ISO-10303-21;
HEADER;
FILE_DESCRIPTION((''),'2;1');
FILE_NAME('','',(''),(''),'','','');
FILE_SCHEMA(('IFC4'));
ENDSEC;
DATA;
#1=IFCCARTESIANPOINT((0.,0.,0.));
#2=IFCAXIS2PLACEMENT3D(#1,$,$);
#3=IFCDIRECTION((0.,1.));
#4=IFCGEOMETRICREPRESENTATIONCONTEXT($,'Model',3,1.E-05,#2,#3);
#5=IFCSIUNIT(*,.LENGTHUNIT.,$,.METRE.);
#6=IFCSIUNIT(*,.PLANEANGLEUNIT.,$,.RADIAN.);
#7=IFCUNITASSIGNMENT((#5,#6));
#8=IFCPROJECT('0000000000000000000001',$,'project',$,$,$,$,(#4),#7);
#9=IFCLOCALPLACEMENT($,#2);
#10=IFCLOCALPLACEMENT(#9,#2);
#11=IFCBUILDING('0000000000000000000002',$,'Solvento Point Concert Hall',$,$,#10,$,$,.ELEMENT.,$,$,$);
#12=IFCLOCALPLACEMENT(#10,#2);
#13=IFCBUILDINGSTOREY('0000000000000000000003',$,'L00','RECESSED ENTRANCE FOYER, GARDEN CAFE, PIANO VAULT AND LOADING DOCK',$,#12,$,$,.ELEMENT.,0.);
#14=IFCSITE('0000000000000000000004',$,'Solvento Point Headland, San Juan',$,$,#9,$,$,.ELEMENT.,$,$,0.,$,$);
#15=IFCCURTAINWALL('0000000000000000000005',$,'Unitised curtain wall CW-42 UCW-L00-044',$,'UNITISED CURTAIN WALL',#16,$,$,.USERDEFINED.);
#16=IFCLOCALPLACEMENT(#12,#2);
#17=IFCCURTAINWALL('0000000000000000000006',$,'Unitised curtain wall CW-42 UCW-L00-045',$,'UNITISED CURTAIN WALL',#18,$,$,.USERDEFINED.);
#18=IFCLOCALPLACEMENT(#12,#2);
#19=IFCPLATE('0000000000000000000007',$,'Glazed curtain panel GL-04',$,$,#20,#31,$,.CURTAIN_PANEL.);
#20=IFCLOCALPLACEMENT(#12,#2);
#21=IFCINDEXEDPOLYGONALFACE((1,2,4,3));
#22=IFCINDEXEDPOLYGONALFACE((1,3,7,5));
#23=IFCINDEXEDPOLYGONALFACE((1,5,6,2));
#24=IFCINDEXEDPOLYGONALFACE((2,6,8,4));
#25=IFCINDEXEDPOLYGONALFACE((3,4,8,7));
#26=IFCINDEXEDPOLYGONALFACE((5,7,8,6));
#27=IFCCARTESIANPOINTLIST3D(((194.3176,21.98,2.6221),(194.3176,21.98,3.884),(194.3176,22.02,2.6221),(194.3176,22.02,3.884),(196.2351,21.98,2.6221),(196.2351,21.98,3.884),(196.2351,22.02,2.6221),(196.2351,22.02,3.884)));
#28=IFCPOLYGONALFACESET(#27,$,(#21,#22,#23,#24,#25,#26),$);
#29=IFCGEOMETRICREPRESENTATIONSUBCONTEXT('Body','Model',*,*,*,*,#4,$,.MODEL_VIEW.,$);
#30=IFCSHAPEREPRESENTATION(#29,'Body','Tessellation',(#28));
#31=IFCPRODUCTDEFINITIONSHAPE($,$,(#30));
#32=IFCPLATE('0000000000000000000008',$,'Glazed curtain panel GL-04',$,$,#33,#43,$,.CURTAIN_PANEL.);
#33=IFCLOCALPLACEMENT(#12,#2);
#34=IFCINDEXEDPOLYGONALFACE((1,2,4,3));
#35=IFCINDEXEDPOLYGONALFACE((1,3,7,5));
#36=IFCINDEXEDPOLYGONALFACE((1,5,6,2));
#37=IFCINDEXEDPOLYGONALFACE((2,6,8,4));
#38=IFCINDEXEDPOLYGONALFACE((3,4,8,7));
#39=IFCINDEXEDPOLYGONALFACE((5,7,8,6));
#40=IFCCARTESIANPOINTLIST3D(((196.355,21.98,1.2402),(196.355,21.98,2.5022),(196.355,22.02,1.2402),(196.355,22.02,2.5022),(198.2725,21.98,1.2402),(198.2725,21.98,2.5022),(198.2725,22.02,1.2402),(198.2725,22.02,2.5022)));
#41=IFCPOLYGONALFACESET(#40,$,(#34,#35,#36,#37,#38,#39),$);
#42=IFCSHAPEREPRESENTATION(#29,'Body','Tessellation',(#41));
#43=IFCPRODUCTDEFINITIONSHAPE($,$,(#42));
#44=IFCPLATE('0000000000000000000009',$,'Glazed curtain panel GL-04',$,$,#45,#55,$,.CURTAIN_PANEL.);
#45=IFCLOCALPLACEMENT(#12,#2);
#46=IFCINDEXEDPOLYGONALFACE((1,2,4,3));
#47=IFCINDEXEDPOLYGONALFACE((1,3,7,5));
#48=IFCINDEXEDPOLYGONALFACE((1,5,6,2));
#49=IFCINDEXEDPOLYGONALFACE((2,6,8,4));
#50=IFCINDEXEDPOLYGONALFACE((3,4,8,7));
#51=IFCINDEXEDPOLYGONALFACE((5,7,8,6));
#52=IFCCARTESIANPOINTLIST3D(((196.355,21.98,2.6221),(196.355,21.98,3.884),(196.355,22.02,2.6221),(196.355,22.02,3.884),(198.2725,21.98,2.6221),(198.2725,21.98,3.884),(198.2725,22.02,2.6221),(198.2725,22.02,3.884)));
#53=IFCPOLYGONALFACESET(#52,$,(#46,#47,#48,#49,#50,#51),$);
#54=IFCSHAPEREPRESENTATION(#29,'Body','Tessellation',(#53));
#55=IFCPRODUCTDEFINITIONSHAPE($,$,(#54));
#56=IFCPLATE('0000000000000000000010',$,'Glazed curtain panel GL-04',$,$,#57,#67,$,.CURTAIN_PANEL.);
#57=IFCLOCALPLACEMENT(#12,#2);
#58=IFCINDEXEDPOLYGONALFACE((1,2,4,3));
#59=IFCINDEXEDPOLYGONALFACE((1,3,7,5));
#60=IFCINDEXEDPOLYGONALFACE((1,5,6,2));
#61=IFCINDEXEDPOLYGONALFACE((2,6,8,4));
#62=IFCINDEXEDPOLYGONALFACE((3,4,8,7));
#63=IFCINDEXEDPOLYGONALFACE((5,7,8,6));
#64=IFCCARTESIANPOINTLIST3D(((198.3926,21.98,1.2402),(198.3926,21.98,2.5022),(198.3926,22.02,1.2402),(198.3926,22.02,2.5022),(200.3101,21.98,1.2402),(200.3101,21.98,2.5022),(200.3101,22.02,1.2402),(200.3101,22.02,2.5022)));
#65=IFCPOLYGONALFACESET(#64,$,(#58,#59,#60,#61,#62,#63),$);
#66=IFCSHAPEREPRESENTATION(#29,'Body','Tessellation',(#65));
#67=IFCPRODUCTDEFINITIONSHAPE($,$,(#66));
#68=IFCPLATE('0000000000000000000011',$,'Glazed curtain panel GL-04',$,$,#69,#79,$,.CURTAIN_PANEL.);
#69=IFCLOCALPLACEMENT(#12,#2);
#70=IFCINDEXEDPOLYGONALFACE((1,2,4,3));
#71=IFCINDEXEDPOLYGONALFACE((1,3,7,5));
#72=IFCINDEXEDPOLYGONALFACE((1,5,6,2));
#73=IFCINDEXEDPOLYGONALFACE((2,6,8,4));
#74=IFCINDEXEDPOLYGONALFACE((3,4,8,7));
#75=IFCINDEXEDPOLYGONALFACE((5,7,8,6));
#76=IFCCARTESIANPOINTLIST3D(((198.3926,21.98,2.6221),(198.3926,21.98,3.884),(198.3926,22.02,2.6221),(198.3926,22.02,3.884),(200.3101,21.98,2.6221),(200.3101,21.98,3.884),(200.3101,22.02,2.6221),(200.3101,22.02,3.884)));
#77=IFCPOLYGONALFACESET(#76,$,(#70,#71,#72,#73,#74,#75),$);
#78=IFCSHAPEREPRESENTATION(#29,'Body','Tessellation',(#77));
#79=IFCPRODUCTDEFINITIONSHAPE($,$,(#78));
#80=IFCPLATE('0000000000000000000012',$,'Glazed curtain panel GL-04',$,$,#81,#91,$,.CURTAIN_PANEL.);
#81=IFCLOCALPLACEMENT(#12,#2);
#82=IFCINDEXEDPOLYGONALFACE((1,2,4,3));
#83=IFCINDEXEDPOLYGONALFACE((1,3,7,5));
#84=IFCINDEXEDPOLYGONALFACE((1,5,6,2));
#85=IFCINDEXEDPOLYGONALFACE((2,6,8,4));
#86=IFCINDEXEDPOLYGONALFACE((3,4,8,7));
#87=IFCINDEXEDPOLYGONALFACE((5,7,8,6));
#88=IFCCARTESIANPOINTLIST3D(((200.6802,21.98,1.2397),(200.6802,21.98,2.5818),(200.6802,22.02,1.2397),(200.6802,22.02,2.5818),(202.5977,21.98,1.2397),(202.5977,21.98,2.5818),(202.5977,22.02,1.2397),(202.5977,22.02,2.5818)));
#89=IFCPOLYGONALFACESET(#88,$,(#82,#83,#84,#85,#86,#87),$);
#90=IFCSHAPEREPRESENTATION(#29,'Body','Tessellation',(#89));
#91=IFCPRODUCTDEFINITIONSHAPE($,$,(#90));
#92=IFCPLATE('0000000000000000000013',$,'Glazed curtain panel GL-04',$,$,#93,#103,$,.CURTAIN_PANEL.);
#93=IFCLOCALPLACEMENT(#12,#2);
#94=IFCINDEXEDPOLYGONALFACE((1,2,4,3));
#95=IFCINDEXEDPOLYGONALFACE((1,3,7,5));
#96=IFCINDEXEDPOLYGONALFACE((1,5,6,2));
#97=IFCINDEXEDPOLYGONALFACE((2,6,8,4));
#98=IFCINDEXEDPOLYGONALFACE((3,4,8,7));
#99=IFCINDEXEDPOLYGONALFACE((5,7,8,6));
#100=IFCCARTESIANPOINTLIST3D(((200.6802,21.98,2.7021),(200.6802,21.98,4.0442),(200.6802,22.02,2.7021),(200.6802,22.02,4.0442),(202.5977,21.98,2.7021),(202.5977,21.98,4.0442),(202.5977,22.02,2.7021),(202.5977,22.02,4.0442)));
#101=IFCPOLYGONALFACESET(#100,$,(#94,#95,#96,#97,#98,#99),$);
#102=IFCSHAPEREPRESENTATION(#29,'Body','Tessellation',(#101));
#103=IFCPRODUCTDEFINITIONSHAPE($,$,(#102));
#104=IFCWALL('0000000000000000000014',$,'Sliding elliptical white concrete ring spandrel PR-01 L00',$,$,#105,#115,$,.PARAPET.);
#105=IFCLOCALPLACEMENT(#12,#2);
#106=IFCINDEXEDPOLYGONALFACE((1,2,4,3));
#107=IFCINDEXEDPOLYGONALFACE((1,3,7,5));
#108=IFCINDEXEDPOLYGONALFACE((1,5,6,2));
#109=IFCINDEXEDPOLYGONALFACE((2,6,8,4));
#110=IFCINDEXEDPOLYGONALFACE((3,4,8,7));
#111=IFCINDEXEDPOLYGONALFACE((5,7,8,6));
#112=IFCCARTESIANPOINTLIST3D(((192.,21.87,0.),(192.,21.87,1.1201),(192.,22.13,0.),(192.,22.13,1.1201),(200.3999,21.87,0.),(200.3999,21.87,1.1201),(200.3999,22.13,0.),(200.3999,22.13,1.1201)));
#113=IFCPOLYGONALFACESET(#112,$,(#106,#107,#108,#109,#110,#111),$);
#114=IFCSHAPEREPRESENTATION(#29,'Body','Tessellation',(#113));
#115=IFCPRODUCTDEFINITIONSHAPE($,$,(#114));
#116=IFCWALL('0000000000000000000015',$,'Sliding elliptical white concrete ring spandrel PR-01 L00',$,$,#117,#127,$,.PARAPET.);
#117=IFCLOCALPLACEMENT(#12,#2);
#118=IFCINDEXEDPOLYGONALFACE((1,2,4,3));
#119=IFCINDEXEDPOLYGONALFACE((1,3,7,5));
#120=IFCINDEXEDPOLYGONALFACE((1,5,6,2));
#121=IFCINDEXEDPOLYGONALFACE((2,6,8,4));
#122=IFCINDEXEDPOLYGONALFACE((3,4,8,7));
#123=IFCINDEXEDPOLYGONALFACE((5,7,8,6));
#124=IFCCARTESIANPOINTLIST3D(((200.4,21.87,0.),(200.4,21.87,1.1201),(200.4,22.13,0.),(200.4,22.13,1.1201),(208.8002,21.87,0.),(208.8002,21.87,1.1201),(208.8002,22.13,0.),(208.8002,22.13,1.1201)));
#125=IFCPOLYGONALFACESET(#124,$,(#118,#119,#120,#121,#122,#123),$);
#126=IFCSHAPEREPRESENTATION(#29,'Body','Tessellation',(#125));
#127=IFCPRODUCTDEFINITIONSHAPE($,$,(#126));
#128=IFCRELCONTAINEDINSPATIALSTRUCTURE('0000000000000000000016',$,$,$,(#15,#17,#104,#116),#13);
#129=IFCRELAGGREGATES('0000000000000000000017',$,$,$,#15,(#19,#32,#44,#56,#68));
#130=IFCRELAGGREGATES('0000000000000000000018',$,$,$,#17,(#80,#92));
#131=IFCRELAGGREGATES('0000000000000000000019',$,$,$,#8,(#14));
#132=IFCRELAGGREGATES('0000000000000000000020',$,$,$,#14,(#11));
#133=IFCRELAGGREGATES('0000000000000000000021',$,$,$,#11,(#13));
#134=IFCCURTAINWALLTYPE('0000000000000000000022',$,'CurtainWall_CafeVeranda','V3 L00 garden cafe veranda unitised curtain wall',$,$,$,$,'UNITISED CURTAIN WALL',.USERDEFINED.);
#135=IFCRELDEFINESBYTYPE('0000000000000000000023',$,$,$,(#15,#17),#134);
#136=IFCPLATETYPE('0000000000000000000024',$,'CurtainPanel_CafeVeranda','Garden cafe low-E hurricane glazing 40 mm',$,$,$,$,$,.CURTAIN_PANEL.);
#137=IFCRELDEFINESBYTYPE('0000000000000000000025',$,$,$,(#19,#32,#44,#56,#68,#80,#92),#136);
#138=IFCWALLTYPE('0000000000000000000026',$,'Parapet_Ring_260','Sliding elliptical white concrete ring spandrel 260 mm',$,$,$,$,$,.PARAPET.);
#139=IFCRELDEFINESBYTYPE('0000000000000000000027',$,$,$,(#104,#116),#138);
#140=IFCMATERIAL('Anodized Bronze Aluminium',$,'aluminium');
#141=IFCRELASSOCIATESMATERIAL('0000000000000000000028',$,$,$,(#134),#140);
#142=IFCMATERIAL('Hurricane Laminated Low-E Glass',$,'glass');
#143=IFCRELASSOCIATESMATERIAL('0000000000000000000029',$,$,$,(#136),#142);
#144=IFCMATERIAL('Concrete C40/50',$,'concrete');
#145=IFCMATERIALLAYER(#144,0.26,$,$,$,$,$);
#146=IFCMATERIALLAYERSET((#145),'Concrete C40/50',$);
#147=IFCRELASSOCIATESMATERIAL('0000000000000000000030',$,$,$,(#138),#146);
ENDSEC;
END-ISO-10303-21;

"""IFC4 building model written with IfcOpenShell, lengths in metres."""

from ifc_helpers import new_model, si_unit, direction, frame, frame_2d, origin, origin_2d, place, context, subcontext, project, spatial, rectangle, extrude, material, layer, layer_set, type_object, element, aggregate, save


model = new_model("IFC4")

# Units and contexts
model_context = context("Model", 3, precision=1e-05, world=origin(), true_north=direction((0.0, 1.0)))
body_context = subcontext(model_context, "Body", "Model", "MODEL_VIEW")
ifc_project = project(units=[si_unit("LENGTHUNIT", "METRE"), si_unit("PLANEANGLEUNIT", "RADIAN")], contexts=[model_context])

# Site, building, storey
site_placement = place(None, origin())
site = spatial("IfcSite", under=ifc_project, at=site_placement, Name="Solvento Point Headland, San Juan", CompositionType="ELEMENT", RefElevation=0.0)
building_placement = place(site_placement, origin())
building = spatial("IfcBuilding", under=site, at=building_placement, Name="Solvento Point Concert Hall", CompositionType="ELEMENT")
storey_placement = place(building_placement, origin())
storey = spatial("IfcBuildingStorey", under=building, at=storey_placement, Name="L00", Description="RECESSED ENTRANCE FOYER, GARDEN CAFE, PIANO VAULT AND LOADING DOCK", CompositionType="ELEMENT", Elevation=0.0)

# Shared definitions
ifc_material_1 = material(Name="Anodized Bronze Aluminium", Category="aluminium")
curtain_wall_type = type_object("IfcCurtainWallType", Name="CurtainWall_CafeVeranda", Description="V3 L00 garden cafe veranda unitised curtain wall", ElementType="UNITISED CURTAIN WALL", PredefinedType="USERDEFINED", material=ifc_material_1)

# Curtain wall
curtain_wall_1_placement = place(storey_placement, origin())
curtain_wall_1 = element("IfcCurtainWall", 1, at=curtain_wall_1_placement, inside=storey, type_object=curtain_wall_type, Name="Unitised curtain wall CW-42 UCW-L00-044", ObjectType="UNITISED CURTAIN WALL", PredefinedType="USERDEFINED")

# Curtain wall
curtain_wall_2_placement = place(storey_placement, origin())
curtain_wall_2 = element("IfcCurtainWall", 2, at=curtain_wall_2_placement, inside=storey, type_object=curtain_wall_type, Name="Unitised curtain wall CW-42 UCW-L00-045", ObjectType="UNITISED CURTAIN WALL", PredefinedType="USERDEFINED")

# Plates
ifc_material_2 = material(Name="Hurricane Laminated Low-E Glass", Category="glass")
plate_type = type_object("IfcPlateType", Name="CurtainPanel_CafeVeranda", Description="Garden cafe low-E hurricane glazing 40 mm", PredefinedType="CURTAIN_PANEL", material=ifc_material_2)
plate_1_placement = place(storey_placement, frame((195.2764, 22.0, 2.6221), z_axis=(0.0, 0.0, 1.0), x_axis=(1.0, 0.0, 0.0)))
plate_1 = element("IfcPlate", 3, at=plate_1_placement, type_object=plate_type, Name="Glazed curtain panel GL-04", PredefinedType="CURTAIN_PANEL", context=body_context, shape_type="SweptSolid", body=[
    extrude(rectangle(XDim=1.9175, YDim=0.04, at=origin_2d()), origin(), (0.0, 0.0, 1.0), 1.262),
])
plate_2_placement = place(storey_placement, frame((197.3137, 22.0, 1.2402), z_axis=(0.0, 0.0, 1.0), x_axis=(1.0, 0.0, 0.0)))
plate_2 = element("IfcPlate", 4, at=plate_2_placement, type_object=plate_type, Name="Glazed curtain panel GL-04", PredefinedType="CURTAIN_PANEL", context=body_context, shape_type="SweptSolid", body=[
    extrude(rectangle(XDim=1.9175, YDim=0.04, at=origin_2d()), origin(), (0.0, 0.0, 1.0), 1.262),
])
plate_3_placement = place(storey_placement, frame((197.3137, 22.0, 2.6221), z_axis=(0.0, 0.0, 1.0), x_axis=(1.0, 0.0, 0.0)))
plate_3 = element("IfcPlate", 5, at=plate_3_placement, type_object=plate_type, Name="Glazed curtain panel GL-04", PredefinedType="CURTAIN_PANEL", context=body_context, shape_type="SweptSolid", body=[
    extrude(rectangle(XDim=1.9175, YDim=0.04, at=origin_2d()), origin(), (0.0, 0.0, 1.0), 1.262),
])
plate_4_placement = place(storey_placement, frame((199.3513, 22.0, 1.2402), z_axis=(0.0, 0.0, 1.0), x_axis=(1.0, 0.0, 0.0)))
plate_4 = element("IfcPlate", 6, at=plate_4_placement, type_object=plate_type, Name="Glazed curtain panel GL-04", PredefinedType="CURTAIN_PANEL", context=body_context, shape_type="SweptSolid", body=[
    extrude(rectangle(XDim=1.9175, YDim=0.04, at=origin_2d()), origin(), (0.0, 0.0, 1.0), 1.262),
])
plate_5_placement = place(storey_placement, frame((199.3513, 22.0, 2.6221), z_axis=(0.0, 0.0, 1.0), x_axis=(1.0, 0.0, 0.0)))
plate_5 = element("IfcPlate", 7, at=plate_5_placement, type_object=plate_type, Name="Glazed curtain panel GL-04", PredefinedType="CURTAIN_PANEL", context=body_context, shape_type="SweptSolid", body=[
    extrude(rectangle(XDim=1.9175, YDim=0.04, at=origin_2d()), origin(), (0.0, 0.0, 1.0), 1.262),
])
aggregate(curtain_wall_1, [plate_1, plate_2, plate_3, plate_4, plate_5])
plate_6_placement = place(storey_placement, frame((201.6389, 22.0, 1.2397), z_axis=(0.0, 0.0, 1.0), x_axis=(1.0, 0.0, 0.0)))
plate_6 = element("IfcPlate", 8, at=plate_6_placement, type_object=plate_type, Name="Glazed curtain panel GL-04", PredefinedType="CURTAIN_PANEL", context=body_context, shape_type="SweptSolid", body=[
    extrude(rectangle(XDim=1.9175, YDim=0.04, at=origin_2d()), origin(), (0.0, 0.0, 1.0), 1.342),
])
plate_7_placement = place(storey_placement, frame((201.6389, 22.0, 2.7021), z_axis=(0.0, 0.0, 1.0), x_axis=(1.0, 0.0, 0.0)))
plate_7 = element("IfcPlate", 9, at=plate_7_placement, type_object=plate_type, Name="Glazed curtain panel GL-04", PredefinedType="CURTAIN_PANEL", context=body_context, shape_type="SweptSolid", body=[
    extrude(rectangle(XDim=1.9175, YDim=0.04, at=origin_2d()), origin(), (0.0, 0.0, 1.0), 1.342),
])
aggregate(curtain_wall_2, [plate_6, plate_7])

# Walls
ifc_material_3 = material(Name="Concrete C40/50", Category="concrete")
ifc_layer = layer(ifc_material_3, 0.26)
ifc_layer_set = layer_set([ifc_layer], Name="Concrete C40/50")
wall_type = type_object("IfcWallType", Name="Parapet_Ring_260", Description="Sliding elliptical white concrete ring spandrel 260 mm", PredefinedType="PARAPET", material=ifc_layer_set)
wall_1_placement = place(storey_placement, frame((192.0, 22.0, 0.0), z_axis=(0.0, 0.0, 1.0), x_axis=(1.0, 0.0, 0.0)))
element("IfcWall", 10, at=wall_1_placement, inside=storey, type_object=wall_type, Name="Sliding elliptical white concrete ring spandrel PR-01 L00", PredefinedType="PARAPET", context=body_context, shape_type="SweptSolid", body=[
    extrude(rectangle(XDim=8.3999, YDim=0.26, at=frame_2d((4.2, 0.0))), origin(), (0.0, 0.0, 1.0), 1.1201),
])
wall_2_placement = place(storey_placement, frame((200.3999, 22.0, 0.0), z_axis=(0.0, 0.0, 1.0), x_axis=(1.0, 0.0, 0.0)))
element("IfcWall", 11, at=wall_2_placement, inside=storey, type_object=wall_type, Name="Sliding elliptical white concrete ring spandrel PR-01 L00", PredefinedType="PARAPET", context=body_context, shape_type="SweptSolid", body=[
    extrude(rectangle(XDim=8.4001, YDim=0.26, at=frame_2d((4.2002, 0.0))), origin(), (0.0, 0.0, 1.0), 1.1201),
])

save(model, "model.ifc")
